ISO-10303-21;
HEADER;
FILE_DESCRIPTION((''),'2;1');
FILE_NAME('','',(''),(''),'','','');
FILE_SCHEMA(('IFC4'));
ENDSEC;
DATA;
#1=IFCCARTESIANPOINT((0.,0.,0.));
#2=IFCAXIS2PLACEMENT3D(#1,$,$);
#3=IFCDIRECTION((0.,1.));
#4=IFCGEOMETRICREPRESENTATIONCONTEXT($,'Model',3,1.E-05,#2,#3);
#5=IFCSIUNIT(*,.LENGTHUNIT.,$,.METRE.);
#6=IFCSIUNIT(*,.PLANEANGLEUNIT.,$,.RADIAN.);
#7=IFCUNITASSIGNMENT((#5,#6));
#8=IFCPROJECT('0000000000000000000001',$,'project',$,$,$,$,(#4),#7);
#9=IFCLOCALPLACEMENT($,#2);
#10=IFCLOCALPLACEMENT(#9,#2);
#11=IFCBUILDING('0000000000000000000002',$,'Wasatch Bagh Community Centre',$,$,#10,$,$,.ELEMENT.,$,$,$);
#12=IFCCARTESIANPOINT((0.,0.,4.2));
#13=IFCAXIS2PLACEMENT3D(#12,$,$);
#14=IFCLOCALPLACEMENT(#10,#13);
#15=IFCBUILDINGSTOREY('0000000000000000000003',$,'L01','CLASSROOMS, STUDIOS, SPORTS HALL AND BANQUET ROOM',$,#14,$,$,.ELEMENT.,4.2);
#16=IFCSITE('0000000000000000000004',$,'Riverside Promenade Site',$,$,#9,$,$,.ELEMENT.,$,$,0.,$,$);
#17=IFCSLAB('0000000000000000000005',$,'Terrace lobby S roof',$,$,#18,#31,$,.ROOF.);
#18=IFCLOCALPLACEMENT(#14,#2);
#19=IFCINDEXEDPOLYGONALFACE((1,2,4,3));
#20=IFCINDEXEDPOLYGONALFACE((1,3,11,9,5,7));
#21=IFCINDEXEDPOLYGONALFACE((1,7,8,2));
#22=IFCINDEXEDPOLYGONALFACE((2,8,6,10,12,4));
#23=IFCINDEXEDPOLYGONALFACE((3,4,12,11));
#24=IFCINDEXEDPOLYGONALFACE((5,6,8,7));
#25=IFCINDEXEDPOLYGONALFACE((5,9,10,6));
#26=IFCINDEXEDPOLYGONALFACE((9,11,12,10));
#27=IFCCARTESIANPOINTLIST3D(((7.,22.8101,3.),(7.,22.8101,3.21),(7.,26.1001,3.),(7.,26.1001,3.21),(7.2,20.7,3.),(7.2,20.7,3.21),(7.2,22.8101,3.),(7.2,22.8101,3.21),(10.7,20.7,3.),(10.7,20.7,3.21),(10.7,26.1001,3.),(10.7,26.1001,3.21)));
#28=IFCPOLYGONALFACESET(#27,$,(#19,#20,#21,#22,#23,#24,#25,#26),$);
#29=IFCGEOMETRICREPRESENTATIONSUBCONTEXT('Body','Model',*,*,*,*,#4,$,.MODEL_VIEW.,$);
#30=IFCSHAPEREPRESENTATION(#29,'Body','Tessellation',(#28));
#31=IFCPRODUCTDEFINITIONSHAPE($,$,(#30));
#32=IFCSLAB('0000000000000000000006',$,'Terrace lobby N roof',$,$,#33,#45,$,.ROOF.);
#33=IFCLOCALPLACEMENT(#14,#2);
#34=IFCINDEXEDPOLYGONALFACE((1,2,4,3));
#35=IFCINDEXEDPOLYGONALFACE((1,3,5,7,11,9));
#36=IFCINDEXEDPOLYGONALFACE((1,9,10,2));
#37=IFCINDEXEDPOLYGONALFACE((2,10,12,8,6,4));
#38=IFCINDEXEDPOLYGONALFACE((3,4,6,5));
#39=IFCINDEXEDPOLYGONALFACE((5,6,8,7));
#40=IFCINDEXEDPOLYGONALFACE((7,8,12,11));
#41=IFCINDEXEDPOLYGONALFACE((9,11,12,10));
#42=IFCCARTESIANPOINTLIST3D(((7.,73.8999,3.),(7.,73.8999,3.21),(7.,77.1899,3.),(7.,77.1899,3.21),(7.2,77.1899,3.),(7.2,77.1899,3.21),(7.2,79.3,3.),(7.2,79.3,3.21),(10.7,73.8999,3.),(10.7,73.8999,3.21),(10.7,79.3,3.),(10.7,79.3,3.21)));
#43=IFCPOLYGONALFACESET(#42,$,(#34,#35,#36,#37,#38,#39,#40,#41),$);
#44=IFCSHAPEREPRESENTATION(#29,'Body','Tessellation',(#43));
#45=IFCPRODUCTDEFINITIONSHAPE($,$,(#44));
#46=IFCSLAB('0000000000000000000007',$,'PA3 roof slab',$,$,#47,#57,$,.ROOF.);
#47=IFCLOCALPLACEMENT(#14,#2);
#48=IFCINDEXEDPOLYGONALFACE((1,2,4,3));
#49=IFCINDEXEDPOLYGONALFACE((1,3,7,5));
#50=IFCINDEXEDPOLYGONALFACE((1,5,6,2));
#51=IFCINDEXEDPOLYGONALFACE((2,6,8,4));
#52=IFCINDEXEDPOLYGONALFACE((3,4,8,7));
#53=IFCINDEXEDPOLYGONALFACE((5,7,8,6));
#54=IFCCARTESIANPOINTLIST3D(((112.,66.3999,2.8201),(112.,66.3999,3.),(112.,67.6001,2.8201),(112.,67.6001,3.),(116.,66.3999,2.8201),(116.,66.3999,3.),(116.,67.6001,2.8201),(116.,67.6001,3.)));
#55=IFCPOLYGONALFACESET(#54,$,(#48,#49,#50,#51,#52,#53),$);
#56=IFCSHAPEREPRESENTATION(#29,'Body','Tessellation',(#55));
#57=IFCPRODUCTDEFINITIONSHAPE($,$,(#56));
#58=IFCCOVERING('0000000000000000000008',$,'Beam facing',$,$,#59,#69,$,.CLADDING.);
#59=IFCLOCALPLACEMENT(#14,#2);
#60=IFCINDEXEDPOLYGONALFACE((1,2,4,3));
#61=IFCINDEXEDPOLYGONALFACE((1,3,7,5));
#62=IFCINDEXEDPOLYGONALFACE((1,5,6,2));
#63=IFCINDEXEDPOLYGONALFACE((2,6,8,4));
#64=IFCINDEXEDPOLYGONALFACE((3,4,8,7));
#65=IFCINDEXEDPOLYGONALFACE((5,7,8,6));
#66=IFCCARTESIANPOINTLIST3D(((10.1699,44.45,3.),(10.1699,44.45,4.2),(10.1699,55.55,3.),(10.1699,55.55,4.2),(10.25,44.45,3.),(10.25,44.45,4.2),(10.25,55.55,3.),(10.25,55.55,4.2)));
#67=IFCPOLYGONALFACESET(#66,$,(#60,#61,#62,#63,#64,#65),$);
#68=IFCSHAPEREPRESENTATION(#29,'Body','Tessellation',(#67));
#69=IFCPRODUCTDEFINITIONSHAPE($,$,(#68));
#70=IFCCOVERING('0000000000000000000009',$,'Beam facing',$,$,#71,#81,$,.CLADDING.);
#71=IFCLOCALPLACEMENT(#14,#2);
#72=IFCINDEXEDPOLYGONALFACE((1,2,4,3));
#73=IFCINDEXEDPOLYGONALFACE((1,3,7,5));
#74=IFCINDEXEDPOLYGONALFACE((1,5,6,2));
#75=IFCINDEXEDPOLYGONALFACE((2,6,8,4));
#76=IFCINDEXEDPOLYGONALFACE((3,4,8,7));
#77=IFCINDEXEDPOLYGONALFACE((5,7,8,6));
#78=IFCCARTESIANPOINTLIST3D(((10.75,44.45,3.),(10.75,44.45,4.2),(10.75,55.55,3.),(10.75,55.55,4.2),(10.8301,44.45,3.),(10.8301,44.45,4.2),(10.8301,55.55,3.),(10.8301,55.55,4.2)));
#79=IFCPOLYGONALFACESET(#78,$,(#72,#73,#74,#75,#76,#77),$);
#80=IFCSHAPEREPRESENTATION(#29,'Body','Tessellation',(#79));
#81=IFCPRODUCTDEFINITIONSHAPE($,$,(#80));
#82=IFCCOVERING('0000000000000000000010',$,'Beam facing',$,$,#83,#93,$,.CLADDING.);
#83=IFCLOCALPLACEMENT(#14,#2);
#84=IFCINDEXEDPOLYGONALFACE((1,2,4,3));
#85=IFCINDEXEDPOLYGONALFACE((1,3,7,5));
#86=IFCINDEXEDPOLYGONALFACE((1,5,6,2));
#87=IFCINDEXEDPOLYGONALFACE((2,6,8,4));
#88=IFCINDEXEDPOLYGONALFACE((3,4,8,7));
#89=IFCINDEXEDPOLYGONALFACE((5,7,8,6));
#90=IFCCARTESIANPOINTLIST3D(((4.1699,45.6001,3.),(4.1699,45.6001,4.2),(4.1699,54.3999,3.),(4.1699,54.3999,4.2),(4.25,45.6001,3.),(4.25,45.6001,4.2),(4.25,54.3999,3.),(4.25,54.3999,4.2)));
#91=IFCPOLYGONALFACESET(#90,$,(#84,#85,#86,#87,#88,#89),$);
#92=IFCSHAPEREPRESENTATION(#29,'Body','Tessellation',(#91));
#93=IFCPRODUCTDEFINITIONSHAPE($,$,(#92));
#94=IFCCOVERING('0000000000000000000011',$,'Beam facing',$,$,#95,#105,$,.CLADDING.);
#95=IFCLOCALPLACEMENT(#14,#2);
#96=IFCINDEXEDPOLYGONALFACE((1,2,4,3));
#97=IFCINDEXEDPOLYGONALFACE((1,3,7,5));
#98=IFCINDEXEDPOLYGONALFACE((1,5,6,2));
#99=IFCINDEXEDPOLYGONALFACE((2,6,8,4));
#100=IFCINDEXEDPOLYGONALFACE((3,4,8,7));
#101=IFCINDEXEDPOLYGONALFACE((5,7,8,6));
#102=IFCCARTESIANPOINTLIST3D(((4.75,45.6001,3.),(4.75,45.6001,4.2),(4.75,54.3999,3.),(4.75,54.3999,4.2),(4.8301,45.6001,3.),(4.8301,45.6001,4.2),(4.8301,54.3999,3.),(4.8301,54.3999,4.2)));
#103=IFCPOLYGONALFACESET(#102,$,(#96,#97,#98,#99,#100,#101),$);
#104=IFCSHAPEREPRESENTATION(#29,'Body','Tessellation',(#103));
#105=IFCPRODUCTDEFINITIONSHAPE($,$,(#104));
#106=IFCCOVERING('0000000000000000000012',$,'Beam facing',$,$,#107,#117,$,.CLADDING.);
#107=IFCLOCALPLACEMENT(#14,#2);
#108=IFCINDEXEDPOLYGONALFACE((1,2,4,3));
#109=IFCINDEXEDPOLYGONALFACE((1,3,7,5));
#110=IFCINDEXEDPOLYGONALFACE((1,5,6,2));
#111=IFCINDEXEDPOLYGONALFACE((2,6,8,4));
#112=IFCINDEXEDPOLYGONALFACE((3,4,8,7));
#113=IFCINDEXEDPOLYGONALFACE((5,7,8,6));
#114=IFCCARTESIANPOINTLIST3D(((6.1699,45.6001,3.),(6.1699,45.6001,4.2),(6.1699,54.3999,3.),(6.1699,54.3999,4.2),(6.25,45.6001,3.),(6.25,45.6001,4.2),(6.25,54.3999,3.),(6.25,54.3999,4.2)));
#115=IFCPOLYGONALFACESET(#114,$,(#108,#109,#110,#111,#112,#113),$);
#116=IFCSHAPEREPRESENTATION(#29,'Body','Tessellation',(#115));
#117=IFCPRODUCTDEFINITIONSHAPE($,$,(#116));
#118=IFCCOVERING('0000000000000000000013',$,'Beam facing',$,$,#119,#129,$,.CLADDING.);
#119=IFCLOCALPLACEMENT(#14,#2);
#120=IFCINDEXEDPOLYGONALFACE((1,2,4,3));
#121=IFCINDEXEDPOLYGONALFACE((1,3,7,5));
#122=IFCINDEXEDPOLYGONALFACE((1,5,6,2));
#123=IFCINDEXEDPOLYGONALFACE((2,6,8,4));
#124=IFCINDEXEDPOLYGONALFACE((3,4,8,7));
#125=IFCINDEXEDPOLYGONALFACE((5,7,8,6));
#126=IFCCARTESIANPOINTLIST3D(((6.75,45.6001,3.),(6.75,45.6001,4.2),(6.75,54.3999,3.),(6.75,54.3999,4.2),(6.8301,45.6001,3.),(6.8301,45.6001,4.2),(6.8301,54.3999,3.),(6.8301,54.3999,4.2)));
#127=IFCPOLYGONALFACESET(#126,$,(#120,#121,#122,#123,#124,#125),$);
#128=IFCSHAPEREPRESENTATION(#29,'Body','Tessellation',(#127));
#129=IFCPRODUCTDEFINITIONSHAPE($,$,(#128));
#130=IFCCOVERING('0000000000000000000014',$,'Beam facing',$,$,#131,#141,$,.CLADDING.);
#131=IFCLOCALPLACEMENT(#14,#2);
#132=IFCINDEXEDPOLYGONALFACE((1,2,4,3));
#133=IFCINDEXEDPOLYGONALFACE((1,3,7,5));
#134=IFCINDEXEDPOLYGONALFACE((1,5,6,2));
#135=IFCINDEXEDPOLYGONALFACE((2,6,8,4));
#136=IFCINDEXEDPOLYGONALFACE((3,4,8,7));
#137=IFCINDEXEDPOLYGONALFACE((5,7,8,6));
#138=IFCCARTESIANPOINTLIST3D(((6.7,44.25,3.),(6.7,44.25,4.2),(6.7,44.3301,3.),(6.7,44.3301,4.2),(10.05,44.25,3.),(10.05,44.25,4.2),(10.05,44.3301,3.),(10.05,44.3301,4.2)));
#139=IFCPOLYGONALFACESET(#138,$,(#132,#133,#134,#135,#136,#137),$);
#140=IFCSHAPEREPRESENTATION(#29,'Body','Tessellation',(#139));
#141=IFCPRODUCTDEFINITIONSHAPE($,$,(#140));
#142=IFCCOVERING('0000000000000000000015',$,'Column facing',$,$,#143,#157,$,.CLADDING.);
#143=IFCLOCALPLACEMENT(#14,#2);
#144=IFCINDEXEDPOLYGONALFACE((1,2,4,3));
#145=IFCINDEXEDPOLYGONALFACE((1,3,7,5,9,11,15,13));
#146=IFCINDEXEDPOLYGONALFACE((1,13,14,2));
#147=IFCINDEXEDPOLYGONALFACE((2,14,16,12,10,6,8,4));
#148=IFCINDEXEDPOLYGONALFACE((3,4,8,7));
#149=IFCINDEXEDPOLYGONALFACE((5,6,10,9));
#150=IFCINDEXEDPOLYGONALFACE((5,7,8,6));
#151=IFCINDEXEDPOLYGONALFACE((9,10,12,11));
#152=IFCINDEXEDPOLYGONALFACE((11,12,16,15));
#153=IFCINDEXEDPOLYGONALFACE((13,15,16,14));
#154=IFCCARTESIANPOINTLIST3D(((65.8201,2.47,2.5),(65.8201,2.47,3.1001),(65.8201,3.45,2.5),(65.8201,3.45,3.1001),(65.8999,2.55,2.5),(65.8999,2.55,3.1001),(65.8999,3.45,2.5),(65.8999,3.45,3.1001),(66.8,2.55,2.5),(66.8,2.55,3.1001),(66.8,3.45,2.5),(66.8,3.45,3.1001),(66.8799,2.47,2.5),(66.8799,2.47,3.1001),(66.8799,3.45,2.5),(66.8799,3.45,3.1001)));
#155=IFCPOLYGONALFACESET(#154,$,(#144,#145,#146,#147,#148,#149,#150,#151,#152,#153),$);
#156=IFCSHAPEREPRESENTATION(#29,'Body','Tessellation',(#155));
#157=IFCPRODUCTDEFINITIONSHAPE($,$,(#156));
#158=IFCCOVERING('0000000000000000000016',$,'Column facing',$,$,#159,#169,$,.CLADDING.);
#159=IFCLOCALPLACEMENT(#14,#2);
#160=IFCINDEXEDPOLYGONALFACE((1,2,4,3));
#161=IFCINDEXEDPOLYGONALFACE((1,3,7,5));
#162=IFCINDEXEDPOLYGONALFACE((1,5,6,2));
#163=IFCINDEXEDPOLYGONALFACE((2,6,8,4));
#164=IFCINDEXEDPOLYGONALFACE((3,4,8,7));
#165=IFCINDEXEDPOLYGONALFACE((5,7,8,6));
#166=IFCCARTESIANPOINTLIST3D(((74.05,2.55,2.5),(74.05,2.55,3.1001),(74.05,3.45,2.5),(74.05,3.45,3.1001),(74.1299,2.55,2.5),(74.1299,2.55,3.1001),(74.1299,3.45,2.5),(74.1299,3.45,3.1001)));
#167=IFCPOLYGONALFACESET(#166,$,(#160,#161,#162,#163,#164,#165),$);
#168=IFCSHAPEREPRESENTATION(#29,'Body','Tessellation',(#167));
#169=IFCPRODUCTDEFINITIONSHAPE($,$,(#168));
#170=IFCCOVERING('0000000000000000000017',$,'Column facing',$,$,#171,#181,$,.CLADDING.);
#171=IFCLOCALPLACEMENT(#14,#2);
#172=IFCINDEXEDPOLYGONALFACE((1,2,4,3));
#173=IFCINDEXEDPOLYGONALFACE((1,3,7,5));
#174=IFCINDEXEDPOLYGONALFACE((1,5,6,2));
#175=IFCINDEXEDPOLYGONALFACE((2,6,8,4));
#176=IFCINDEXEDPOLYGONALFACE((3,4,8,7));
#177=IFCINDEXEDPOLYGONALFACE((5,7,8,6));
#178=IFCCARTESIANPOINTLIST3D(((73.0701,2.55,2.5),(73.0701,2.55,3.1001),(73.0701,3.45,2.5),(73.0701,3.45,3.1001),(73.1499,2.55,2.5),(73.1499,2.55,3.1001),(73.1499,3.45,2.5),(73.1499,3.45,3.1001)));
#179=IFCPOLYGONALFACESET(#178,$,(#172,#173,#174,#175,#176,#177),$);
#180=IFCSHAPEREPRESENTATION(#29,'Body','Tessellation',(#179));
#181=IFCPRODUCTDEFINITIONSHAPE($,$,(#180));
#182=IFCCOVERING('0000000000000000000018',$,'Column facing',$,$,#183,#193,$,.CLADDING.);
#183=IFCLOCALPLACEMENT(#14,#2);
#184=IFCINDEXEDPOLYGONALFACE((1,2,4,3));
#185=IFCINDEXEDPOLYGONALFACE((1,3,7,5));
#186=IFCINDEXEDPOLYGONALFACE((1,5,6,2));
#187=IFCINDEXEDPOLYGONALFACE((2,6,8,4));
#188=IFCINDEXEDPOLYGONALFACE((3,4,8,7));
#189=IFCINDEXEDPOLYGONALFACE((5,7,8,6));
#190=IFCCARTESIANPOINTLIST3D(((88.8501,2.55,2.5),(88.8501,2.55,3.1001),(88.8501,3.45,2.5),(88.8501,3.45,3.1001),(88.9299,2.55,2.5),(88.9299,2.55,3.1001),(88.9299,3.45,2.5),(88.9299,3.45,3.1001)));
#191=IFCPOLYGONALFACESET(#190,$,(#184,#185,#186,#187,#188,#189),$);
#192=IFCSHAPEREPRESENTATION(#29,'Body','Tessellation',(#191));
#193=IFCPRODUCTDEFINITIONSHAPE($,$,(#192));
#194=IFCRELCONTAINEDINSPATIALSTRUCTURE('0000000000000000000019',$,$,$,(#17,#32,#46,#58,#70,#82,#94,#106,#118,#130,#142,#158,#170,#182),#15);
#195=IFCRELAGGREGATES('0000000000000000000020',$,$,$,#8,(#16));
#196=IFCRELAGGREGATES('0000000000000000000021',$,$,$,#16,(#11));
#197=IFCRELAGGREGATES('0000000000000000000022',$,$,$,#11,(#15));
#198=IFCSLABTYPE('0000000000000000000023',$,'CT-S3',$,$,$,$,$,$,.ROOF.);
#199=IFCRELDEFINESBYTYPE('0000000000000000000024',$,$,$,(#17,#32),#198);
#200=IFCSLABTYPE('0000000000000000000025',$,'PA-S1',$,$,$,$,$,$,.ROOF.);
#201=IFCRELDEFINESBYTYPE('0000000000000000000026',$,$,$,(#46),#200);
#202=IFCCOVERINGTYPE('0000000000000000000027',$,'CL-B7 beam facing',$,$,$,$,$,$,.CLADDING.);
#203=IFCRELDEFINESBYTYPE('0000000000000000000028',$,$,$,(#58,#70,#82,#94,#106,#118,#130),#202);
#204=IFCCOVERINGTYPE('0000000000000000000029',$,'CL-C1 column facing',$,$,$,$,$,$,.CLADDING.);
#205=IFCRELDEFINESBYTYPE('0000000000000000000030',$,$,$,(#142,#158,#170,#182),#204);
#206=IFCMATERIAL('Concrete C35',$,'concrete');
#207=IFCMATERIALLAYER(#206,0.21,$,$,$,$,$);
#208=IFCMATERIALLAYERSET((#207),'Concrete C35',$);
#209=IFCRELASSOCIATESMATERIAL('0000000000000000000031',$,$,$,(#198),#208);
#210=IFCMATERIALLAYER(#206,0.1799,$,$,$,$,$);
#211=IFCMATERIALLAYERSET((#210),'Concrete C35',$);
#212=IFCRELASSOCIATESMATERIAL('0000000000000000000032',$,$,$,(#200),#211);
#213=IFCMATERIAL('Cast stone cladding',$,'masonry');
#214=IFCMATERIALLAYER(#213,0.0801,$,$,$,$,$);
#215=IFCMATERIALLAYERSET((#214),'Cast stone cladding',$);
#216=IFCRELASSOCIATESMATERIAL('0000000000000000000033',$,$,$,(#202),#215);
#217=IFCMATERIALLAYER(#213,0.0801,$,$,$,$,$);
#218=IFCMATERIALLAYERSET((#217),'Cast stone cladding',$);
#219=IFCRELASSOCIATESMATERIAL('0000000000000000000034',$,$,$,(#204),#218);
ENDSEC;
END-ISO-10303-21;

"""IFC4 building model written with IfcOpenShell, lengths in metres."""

from ifc_helpers import new_model, si_unit, direction, frame, origin, place, context, subcontext, project, spatial, polyline, outline, extrude, material, layer, layer_set, type_object, element, save


model = new_model("IFC4")

# Units and contexts
model_context = context("Model", 3, precision=1e-05, world=origin(), true_north=direction((0.0, 1.0)))
body_context = subcontext(model_context, "Body", "Model", "MODEL_VIEW")
ifc_project = project(units=[si_unit("LENGTHUNIT", "METRE"), si_unit("PLANEANGLEUNIT", "RADIAN")], contexts=[model_context])

# Site, building, storey
site_placement = place(None, origin())
site = spatial("IfcSite", under=ifc_project, at=site_placement, Name="Riverside Promenade Site", CompositionType="ELEMENT", RefElevation=0.0)
building_placement = place(site_placement, origin())
building = spatial("IfcBuilding", under=site, at=building_placement, Name="Wasatch Bagh Community Centre", CompositionType="ELEMENT")
storey_placement = place(building_placement, frame((0.0, 0.0, 4.2)))
storey = spatial("IfcBuildingStorey", under=building, at=storey_placement, Name="L01", Description="CLASSROOMS, STUDIOS, SPORTS HALL AND BANQUET ROOM", CompositionType="ELEMENT", Elevation=4.2)

# Slabs
ifc_material_1 = material(Name="Concrete C35", Category="concrete")
ifc_layer_1 = layer(ifc_material_1, 0.21)
ifc_layer_set_1 = layer_set([ifc_layer_1], Name="Concrete C35")
slab_type_1 = type_object("IfcSlabType", Name="CT-S3", PredefinedType="ROOF", material=ifc_layer_set_1)
slab_1_placement = place(storey_placement, frame((0.0, 0.0, 3.0)))
element("IfcSlab", 1, at=slab_1_placement, inside=storey, type_object=slab_type_1, Name="Terrace lobby S roof", PredefinedType="ROOF", context=body_context, shape_type="SweptSolid", body=[
    extrude(outline(polyline([(7.0, 26.1001), (10.7, 26.1001), (10.7, 20.7), (7.2, 20.7), (7.2, 22.8101), (7.0, 22.8101), (7.0, 26.1001)])), origin(), (0.0, 0.0, 1.0), 0.21),
])
slab_2_placement = place(storey_placement, frame((0.0, 0.0, 3.0)))
element("IfcSlab", 2, at=slab_2_placement, inside=storey, type_object=slab_type_1, Name="Terrace lobby N roof", PredefinedType="ROOF", context=body_context, shape_type="SweptSolid", body=[
    extrude(outline(polyline([(10.7, 79.3), (10.7, 73.8999), (7.0, 73.8999), (7.0, 77.1899), (7.2, 77.1899), (7.2, 79.3), (10.7, 79.3)])), origin(), (0.0, 0.0, 1.0), 0.21),
])
ifc_layer_2 = layer(ifc_material_1, 0.1799)
ifc_layer_set_2 = layer_set([ifc_layer_2], Name="Concrete C35")
slab_type_2 = type_object("IfcSlabType", Name="PA-S1", PredefinedType="ROOF", material=ifc_layer_set_2)
slab_3_placement = place(storey_placement, frame((0.0, 0.0, 2.8201)))
element("IfcSlab", 3, at=slab_3_placement, inside=storey, type_object=slab_type_2, Name="PA3 roof slab", PredefinedType="ROOF", context=body_context, shape_type="SweptSolid", body=[
    extrude(outline(polyline([(112.0, 66.3999), (116.0, 66.3999), (116.0, 67.6001), (112.0, 67.6001), (112.0, 66.3999)])), origin(), (0.0, 0.0, 1.0), 0.1799),
])

# Coverings
ifc_material_2 = material(Name="Cast stone cladding", Category="masonry")
ifc_layer_3 = layer(ifc_material_2, 0.0801)
ifc_layer_set_3 = layer_set([ifc_layer_3], Name="Cast stone cladding")
covering_type_1 = type_object("IfcCoveringType", Name="CL-B7 beam facing", PredefinedType="CLADDING", material=ifc_layer_set_3)
covering_1_placement = place(storey_placement, frame((0.0, 0.0, 3.0)))
element("IfcCovering", 4, at=covering_1_placement, inside=storey, type_object=covering_type_1, Name="Beam facing", PredefinedType="CLADDING", context=body_context, shape_type="SweptSolid", body=[
    extrude(outline(polyline([(10.25, 44.45), (10.25, 55.55), (10.1699, 55.55), (10.1699, 44.45), (10.25, 44.45)])), origin(), (0.0, 0.0, 1.0), 1.2),
])
covering_2_placement = place(storey_placement, frame((0.0, 0.0, 3.0)))
element("IfcCovering", 5, at=covering_2_placement, inside=storey, type_object=covering_type_1, Name="Beam facing", PredefinedType="CLADDING", context=body_context, shape_type="SweptSolid", body=[
    extrude(outline(polyline([(10.75, 44.45), (10.75, 55.55), (10.8301, 55.55), (10.8301, 44.45), (10.75, 44.45)])), origin(), (0.0, 0.0, 1.0), 1.2),
])
covering_3_placement = place(storey_placement, frame((0.0, 0.0, 3.0)))
element("IfcCovering", 6, at=covering_3_placement, inside=storey, type_object=covering_type_1, Name="Beam facing", PredefinedType="CLADDING", context=body_context, shape_type="SweptSolid", body=[
    extrude(outline(polyline([(4.25, 45.6001), (4.25, 54.3999), (4.1699, 54.3999), (4.1699, 45.6001), (4.25, 45.6001)])), origin(), (0.0, 0.0, 1.0), 1.2),
])
covering_4_placement = place(storey_placement, frame((0.0, 0.0, 3.0)))
element("IfcCovering", 7, at=covering_4_placement, inside=storey, type_object=covering_type_1, Name="Beam facing", PredefinedType="CLADDING", context=body_context, shape_type="SweptSolid", body=[
    extrude(outline(polyline([(4.75, 45.6001), (4.75, 54.3999), (4.8301, 54.3999), (4.8301, 45.6001), (4.75, 45.6001)])), origin(), (0.0, 0.0, 1.0), 1.2),
])
covering_5_placement = place(storey_placement, frame((0.0, 0.0, 3.0)))
element("IfcCovering", 8, at=covering_5_placement, inside=storey, type_object=covering_type_1, Name="Beam facing", PredefinedType="CLADDING", context=body_context, shape_type="SweptSolid", body=[
    extrude(outline(polyline([(6.25, 45.6001), (6.25, 54.3999), (6.1699, 54.3999), (6.1699, 45.6001), (6.25, 45.6001)])), origin(), (0.0, 0.0, 1.0), 1.2),
])
covering_6_placement = place(storey_placement, frame((0.0, 0.0, 3.0)))
element("IfcCovering", 9, at=covering_6_placement, inside=storey, type_object=covering_type_1, Name="Beam facing", PredefinedType="CLADDING", context=body_context, shape_type="SweptSolid", body=[
    extrude(outline(polyline([(6.75, 45.6001), (6.75, 54.3999), (6.8301, 54.3999), (6.8301, 45.6001), (6.75, 45.6001)])), origin(), (0.0, 0.0, 1.0), 1.2),
])
covering_7_placement = place(storey_placement, frame((0.0, 0.0, 3.0)))
element("IfcCovering", 10, at=covering_7_placement, inside=storey, type_object=covering_type_1, Name="Beam facing", PredefinedType="CLADDING", context=body_context, shape_type="SweptSolid", body=[
    extrude(outline(polyline([(6.7, 44.25), (10.05, 44.25), (10.05, 44.3301), (6.7, 44.3301), (6.7, 44.25)])), origin(), (0.0, 0.0, 1.0), 1.2),
])
ifc_layer_4 = layer(ifc_material_2, 0.0801)
ifc_layer_set_4 = layer_set([ifc_layer_4], Name="Cast stone cladding")
covering_type_2 = type_object("IfcCoveringType", Name="CL-C1 column facing", PredefinedType="CLADDING", material=ifc_layer_set_4)
covering_8_placement = place(storey_placement, frame((0.0, 0.0, 2.5)))
element("IfcCovering", 11, at=covering_8_placement, inside=storey, type_object=covering_type_2, Name="Column facing", PredefinedType="CLADDING", context=body_context, shape_type="SweptSolid", body=[
    extrude(outline(polyline([(65.8201, 2.47), (65.8201, 3.45), (65.8999, 3.45), (65.8999, 2.55), (66.8, 2.55), (66.8, 3.45), (66.8799, 3.45), (66.8799, 2.47), (65.8201, 2.47)])), origin(), (0.0, 0.0, 1.0), 0.6001),
])
covering_9_placement = place(storey_placement, frame((0.0, 0.0, 2.5)))
element("IfcCovering", 12, at=covering_9_placement, inside=storey, type_object=covering_type_2, Name="Column facing", PredefinedType="CLADDING", context=body_context, shape_type="SweptSolid", body=[
    extrude(outline(polyline([(74.05, 3.45), (74.1299, 3.45), (74.1299, 2.55), (74.05, 2.55), (74.05, 3.45)])), origin(), (0.0, 0.0, 1.0), 0.6001),
])
covering_10_placement = place(storey_placement, frame((0.0, 0.0, 2.5)))
element("IfcCovering", 13, at=covering_10_placement, inside=storey, type_object=covering_type_2, Name="Column facing", PredefinedType="CLADDING", context=body_context, shape_type="SweptSolid", body=[
    extrude(outline(polyline([(73.1499, 2.55), (73.0701, 2.55), (73.0701, 3.45), (73.1499, 3.45), (73.1499, 2.55)])), origin(), (0.0, 0.0, 1.0), 0.6001),
])
covering_11_placement = place(storey_placement, frame((0.0, 0.0, 2.5)))
element("IfcCovering", 14, at=covering_11_placement, inside=storey, type_object=covering_type_2, Name="Column facing", PredefinedType="CLADDING", context=body_context, shape_type="SweptSolid", body=[
    extrude(outline(polyline([(88.8501, 3.45), (88.9299, 3.45), (88.9299, 2.55), (88.8501, 2.55), (88.8501, 3.45)])), origin(), (0.0, 0.0, 1.0), 0.6001),
])

save(model, "model.ifc")
